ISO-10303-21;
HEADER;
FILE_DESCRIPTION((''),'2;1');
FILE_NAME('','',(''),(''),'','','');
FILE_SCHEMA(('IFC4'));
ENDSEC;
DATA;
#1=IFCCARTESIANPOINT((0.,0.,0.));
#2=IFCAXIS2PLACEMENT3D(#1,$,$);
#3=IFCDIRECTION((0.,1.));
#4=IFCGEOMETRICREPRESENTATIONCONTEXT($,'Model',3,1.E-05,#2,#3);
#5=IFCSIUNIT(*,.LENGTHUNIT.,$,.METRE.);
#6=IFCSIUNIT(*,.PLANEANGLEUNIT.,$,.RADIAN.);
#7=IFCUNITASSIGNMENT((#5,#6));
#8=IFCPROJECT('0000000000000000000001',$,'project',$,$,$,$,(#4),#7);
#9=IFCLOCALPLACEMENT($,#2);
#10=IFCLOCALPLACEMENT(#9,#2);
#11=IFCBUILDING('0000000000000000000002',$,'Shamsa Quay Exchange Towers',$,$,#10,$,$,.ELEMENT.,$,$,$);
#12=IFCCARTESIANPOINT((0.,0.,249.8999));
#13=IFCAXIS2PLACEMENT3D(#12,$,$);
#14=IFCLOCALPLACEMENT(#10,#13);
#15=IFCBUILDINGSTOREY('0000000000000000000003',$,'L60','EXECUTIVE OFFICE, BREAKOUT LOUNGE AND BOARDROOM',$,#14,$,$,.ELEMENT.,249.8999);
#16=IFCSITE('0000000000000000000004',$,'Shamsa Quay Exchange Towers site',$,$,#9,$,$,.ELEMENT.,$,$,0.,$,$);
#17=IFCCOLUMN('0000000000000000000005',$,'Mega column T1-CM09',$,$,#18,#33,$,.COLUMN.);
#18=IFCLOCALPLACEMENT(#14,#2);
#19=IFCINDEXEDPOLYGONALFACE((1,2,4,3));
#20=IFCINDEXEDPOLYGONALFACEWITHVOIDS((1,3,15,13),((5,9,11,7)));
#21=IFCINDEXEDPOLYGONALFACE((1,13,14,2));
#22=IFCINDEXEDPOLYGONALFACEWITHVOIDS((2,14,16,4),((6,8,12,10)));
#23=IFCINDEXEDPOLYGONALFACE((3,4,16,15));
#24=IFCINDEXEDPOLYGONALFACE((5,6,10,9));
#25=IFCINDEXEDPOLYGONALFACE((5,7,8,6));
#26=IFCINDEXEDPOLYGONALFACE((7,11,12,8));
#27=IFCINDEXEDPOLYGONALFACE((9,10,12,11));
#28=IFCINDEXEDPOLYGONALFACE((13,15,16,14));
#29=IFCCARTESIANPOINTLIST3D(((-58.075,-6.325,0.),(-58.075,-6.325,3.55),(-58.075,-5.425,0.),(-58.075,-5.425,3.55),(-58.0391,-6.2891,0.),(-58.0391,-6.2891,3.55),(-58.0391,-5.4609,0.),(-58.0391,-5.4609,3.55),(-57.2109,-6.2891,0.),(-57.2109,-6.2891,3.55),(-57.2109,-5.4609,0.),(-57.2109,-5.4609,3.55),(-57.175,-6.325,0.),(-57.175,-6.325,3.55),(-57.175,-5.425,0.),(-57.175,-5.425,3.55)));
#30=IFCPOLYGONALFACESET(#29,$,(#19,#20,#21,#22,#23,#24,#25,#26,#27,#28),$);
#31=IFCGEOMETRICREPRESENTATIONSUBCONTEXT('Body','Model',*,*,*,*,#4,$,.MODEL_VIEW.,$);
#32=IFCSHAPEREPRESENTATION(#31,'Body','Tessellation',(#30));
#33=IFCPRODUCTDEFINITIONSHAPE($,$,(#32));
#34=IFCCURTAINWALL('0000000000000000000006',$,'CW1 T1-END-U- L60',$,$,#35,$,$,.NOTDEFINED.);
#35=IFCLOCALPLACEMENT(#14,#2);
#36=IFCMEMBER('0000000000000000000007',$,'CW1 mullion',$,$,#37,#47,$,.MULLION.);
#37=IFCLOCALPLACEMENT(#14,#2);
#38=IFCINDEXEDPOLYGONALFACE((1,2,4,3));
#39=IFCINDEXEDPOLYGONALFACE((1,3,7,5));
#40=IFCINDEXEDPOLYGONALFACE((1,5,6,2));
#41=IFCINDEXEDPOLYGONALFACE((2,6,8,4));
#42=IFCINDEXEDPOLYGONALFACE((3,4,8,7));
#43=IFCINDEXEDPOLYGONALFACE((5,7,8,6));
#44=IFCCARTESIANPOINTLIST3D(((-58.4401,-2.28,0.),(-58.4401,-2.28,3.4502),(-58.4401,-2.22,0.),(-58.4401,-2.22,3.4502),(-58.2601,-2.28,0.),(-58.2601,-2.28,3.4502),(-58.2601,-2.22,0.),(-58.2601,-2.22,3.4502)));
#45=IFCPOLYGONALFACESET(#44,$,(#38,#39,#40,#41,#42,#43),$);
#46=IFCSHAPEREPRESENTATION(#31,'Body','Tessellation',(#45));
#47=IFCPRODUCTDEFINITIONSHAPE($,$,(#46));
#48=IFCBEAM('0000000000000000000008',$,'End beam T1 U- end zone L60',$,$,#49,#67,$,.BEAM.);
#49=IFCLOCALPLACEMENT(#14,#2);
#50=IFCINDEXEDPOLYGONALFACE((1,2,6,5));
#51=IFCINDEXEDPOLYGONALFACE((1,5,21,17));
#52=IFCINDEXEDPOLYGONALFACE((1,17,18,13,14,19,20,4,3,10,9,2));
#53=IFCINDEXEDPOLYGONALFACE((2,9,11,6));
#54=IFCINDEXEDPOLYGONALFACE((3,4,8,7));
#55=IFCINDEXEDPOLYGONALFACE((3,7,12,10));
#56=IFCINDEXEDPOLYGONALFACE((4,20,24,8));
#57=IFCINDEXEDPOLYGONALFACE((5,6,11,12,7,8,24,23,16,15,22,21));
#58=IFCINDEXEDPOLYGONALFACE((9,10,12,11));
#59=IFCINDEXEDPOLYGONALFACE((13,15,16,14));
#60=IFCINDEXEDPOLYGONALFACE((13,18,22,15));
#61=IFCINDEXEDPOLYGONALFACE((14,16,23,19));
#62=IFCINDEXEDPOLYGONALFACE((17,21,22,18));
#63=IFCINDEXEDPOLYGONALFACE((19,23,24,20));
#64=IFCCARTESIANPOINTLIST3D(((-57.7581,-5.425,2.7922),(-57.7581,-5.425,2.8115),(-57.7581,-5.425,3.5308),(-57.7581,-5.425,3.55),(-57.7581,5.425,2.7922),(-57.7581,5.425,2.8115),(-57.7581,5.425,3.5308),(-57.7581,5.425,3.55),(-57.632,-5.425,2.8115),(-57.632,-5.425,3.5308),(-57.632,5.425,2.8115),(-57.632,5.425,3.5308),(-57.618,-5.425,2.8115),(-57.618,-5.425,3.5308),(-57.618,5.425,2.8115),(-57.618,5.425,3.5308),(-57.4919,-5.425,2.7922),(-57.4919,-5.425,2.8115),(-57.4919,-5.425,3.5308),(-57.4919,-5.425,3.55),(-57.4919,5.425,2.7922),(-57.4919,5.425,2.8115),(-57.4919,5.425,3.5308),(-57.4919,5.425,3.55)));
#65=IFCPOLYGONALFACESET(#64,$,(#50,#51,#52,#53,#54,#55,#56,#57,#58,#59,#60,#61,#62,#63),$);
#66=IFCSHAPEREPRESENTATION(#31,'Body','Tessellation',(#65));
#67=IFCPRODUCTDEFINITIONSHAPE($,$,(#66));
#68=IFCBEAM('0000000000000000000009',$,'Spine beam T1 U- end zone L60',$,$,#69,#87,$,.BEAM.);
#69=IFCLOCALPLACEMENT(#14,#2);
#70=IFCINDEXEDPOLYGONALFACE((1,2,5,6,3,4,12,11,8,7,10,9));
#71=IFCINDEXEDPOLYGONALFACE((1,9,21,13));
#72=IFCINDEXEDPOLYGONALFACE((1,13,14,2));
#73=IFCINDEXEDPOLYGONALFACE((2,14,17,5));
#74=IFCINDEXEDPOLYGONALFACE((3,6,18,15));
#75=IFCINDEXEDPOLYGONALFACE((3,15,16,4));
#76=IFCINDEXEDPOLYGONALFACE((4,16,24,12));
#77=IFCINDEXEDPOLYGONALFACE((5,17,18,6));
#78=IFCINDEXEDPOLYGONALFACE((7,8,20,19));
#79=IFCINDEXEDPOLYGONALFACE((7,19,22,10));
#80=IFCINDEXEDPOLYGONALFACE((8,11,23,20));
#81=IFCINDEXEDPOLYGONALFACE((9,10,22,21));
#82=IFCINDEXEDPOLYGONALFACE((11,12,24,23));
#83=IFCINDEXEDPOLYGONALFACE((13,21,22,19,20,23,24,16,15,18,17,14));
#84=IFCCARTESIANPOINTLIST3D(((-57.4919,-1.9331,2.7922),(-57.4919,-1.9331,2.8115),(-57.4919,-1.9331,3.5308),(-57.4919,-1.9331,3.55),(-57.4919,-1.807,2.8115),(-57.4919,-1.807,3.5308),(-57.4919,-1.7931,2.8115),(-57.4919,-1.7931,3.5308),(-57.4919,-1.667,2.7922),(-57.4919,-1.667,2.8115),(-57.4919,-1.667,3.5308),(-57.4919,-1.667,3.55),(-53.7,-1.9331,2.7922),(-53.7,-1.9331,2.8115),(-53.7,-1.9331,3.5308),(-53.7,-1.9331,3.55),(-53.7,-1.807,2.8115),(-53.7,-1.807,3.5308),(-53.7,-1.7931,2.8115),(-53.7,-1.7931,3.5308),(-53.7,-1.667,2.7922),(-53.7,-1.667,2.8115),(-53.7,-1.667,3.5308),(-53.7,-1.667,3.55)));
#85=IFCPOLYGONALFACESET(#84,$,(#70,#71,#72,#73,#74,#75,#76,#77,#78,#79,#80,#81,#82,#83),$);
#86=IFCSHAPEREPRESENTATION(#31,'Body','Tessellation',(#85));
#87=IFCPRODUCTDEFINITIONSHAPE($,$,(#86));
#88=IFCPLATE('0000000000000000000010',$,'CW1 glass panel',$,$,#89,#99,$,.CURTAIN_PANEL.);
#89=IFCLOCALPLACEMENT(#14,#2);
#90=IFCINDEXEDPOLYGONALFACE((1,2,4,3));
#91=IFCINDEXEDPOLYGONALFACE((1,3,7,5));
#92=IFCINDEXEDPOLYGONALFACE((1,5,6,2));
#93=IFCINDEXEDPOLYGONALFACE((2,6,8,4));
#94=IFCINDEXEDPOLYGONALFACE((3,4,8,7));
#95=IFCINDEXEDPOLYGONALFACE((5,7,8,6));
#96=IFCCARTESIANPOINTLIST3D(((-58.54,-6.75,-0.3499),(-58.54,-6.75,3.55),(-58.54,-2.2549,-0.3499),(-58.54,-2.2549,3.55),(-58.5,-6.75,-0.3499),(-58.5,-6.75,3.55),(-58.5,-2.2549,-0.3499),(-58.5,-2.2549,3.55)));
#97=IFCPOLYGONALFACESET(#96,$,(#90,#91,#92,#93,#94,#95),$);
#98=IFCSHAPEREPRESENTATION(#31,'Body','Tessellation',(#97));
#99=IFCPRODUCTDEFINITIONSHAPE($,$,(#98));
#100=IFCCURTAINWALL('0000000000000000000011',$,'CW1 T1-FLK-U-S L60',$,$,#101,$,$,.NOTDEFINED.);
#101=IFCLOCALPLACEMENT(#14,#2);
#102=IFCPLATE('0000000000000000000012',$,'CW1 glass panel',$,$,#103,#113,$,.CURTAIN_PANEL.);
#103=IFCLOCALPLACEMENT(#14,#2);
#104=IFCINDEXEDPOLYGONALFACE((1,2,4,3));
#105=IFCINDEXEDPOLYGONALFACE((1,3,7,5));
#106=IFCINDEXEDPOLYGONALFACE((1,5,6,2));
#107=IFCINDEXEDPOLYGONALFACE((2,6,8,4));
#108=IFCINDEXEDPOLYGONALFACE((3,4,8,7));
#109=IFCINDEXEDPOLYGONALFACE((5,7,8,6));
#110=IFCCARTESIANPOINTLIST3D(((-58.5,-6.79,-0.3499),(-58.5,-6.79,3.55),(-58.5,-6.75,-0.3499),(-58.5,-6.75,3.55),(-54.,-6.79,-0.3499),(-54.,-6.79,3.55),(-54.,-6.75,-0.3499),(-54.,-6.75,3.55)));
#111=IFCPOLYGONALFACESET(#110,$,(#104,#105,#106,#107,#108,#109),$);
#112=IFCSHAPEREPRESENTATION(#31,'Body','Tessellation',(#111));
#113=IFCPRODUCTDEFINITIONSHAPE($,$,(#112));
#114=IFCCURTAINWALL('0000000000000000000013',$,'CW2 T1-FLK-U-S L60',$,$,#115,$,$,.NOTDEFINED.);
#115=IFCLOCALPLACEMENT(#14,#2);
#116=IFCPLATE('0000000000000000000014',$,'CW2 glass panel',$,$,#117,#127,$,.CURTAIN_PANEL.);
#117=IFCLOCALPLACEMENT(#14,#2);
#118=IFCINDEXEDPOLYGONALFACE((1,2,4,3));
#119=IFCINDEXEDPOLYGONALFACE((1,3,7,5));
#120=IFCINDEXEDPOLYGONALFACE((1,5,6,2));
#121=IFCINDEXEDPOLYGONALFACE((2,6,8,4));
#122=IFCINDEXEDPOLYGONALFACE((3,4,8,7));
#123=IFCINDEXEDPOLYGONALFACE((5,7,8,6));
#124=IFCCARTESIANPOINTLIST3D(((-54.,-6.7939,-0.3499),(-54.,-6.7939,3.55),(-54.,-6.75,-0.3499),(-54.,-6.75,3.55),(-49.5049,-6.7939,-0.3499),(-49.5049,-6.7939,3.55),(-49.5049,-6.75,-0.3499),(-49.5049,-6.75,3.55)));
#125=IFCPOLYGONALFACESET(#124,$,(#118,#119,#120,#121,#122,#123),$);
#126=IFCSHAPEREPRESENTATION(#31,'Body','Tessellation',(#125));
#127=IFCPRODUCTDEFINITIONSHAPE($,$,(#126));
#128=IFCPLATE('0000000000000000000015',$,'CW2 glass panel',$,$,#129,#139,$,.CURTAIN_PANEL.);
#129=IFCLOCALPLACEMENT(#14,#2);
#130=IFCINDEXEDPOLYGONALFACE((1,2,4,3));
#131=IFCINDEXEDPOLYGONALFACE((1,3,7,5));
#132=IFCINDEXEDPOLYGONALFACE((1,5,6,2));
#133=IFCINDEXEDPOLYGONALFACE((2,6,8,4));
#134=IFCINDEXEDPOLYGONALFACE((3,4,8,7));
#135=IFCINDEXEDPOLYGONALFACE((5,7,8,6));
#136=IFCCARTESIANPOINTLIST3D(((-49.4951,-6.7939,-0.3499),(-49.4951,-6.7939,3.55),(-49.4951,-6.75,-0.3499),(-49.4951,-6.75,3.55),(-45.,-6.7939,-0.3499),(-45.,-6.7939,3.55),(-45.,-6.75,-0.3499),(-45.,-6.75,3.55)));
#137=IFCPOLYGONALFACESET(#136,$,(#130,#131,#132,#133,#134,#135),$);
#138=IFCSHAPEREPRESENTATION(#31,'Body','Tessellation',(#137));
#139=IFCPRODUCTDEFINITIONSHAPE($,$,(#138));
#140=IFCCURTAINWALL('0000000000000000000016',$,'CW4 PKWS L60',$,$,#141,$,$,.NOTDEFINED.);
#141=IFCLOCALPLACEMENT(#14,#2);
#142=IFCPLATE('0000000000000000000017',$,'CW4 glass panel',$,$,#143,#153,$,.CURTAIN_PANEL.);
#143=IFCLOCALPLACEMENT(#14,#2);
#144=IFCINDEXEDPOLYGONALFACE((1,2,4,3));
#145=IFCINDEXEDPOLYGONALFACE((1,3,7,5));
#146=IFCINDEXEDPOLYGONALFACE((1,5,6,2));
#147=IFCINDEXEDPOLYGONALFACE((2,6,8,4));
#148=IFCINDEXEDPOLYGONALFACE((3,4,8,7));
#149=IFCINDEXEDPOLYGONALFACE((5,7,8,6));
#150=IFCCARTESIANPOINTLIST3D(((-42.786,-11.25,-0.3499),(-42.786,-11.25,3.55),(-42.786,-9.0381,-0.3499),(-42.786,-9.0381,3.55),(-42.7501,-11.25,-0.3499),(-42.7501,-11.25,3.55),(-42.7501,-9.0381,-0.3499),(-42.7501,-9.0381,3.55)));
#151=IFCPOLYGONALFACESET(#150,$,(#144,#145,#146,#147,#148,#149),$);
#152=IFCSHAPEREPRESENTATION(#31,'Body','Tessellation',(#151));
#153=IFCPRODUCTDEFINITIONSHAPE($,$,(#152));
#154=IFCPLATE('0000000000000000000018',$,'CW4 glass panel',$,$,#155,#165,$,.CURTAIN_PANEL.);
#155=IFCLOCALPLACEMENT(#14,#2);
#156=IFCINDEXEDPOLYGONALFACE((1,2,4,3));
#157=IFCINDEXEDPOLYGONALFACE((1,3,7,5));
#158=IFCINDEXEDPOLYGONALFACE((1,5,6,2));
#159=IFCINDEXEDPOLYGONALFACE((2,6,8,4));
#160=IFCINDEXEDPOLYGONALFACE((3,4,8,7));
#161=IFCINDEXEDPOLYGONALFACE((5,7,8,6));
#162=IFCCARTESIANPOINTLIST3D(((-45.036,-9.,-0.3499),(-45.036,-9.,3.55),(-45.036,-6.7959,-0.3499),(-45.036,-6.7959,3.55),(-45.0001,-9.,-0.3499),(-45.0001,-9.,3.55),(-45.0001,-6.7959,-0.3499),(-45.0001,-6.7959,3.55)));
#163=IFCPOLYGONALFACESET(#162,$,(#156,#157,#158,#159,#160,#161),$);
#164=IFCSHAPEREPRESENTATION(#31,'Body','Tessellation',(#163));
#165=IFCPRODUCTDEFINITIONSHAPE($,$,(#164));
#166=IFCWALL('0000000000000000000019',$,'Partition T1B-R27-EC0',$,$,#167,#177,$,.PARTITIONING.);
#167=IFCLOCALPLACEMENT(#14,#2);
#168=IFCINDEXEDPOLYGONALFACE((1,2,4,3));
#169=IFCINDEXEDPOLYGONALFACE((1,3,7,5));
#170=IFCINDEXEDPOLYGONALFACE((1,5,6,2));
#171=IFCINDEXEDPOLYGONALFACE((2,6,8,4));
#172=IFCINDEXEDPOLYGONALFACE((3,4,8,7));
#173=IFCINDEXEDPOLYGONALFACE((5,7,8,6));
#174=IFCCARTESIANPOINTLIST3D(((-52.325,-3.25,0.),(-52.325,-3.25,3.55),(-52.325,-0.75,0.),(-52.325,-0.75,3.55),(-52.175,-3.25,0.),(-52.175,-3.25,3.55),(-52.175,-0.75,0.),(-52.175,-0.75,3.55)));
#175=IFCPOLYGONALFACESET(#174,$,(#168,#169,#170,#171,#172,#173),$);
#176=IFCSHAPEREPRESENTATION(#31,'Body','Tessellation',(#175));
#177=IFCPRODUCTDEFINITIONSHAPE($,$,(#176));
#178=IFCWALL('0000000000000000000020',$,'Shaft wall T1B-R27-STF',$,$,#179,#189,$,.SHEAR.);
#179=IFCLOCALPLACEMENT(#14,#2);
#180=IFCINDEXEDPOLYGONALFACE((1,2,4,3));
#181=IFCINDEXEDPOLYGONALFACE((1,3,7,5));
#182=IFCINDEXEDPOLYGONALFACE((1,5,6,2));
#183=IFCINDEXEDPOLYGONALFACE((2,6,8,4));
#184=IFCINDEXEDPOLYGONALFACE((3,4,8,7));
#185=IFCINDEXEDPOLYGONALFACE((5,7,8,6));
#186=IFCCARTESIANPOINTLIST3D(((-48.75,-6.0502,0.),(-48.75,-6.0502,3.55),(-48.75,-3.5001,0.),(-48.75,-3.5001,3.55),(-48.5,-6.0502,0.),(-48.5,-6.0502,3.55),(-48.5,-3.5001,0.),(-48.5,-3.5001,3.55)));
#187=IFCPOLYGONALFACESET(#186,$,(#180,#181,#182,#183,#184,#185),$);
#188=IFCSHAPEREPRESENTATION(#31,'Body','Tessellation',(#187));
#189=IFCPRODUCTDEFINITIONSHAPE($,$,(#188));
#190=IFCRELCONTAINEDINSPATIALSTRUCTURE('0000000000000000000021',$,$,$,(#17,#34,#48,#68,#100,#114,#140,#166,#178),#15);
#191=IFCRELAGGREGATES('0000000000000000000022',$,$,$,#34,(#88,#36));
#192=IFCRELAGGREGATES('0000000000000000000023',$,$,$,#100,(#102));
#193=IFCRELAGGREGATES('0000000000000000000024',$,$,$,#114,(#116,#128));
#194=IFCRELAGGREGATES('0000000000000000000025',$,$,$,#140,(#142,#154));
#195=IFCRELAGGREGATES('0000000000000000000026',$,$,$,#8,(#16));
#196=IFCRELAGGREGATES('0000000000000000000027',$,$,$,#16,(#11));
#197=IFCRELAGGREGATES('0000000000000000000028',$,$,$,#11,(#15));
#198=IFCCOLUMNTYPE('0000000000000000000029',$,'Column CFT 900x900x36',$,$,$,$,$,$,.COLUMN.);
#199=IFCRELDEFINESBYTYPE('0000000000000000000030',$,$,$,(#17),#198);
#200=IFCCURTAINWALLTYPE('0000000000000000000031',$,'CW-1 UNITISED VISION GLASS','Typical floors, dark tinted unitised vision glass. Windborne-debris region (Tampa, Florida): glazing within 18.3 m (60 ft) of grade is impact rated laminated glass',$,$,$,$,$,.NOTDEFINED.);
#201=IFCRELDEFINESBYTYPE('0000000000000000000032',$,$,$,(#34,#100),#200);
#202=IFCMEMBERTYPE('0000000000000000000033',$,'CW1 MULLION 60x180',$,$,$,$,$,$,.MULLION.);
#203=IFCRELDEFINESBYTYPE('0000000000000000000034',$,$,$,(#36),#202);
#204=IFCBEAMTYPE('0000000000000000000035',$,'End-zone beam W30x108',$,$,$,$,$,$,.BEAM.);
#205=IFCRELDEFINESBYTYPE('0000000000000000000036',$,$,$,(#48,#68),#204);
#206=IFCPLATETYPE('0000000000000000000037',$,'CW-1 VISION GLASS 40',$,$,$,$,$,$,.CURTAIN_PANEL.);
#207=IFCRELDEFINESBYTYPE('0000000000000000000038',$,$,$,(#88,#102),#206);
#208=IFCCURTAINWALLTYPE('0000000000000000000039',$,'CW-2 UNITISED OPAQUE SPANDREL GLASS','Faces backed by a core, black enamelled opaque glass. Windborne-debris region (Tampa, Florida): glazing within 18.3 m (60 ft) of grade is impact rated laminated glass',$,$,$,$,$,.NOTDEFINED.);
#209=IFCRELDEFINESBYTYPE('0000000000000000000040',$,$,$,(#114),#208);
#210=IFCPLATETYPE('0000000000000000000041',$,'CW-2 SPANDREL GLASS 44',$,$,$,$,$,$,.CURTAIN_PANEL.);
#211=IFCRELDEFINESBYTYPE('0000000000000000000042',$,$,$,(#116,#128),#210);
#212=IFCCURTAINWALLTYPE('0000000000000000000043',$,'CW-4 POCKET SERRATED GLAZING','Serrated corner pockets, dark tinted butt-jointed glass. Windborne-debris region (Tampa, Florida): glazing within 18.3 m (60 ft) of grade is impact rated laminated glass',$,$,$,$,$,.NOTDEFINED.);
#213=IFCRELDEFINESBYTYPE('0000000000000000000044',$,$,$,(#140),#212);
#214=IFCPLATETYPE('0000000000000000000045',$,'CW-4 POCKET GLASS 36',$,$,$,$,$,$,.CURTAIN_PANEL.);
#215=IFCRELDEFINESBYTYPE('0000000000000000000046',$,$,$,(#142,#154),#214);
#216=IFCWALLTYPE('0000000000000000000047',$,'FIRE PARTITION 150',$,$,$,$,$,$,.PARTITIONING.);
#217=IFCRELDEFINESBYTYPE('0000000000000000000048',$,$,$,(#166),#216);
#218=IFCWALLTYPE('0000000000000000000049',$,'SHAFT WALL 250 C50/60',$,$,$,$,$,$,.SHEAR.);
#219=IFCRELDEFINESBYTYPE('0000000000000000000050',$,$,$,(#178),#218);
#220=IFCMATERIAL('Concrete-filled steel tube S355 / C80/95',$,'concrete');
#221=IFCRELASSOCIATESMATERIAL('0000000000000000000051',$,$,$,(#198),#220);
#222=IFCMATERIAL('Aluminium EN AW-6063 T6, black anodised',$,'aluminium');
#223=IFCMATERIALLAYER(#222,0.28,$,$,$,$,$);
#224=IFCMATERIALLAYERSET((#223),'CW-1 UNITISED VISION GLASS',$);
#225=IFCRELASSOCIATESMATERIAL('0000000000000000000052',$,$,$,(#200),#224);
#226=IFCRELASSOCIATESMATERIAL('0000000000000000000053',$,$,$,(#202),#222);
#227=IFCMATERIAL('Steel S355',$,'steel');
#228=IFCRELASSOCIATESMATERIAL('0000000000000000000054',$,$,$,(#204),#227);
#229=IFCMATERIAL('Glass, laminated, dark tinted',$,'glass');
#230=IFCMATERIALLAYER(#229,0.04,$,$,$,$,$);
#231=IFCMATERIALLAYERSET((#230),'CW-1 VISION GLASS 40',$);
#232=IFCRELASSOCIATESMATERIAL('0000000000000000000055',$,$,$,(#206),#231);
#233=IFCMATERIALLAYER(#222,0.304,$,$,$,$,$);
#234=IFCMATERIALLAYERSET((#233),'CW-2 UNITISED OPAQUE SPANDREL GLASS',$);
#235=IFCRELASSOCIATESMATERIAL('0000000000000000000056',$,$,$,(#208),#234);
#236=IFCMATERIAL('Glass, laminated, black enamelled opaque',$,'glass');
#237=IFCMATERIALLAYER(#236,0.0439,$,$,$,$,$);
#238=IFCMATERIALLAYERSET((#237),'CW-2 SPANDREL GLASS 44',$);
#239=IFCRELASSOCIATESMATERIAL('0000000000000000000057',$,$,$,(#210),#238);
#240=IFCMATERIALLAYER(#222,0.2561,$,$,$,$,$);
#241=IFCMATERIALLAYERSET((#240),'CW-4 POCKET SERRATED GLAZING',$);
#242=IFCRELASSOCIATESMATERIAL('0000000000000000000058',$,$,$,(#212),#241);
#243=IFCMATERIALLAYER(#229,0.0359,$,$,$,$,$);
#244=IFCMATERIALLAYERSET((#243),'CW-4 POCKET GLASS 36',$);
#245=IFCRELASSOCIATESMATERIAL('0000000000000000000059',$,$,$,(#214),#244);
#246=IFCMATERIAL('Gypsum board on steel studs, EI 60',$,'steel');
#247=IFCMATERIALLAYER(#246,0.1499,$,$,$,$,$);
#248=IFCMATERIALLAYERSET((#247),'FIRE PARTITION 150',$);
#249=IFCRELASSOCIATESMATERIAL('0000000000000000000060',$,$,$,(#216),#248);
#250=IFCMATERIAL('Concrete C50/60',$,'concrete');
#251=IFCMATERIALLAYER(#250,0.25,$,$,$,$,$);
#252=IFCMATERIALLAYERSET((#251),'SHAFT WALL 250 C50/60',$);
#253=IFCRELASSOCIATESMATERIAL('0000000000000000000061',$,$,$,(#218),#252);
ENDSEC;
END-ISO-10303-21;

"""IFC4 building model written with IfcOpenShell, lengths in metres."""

from ifc_helpers import new_model, si_unit, direction, frame, frame_2d, origin, origin_2d, place, context, subcontext, project, spatial, rectangle, hollow_rectangle, i_section, extrude, material, layer, layer_set, material_profile, profile_set, type_object, element, aggregate, save


model = new_model("IFC4")

# Units and contexts
model_context = context("Model", 3, precision=1e-05, world=origin(), true_north=direction((0.0, 1.0)))
body_context = subcontext(model_context, "Body", "Model", "MODEL_VIEW")
ifc_project = project(units=[si_unit("LENGTHUNIT", "METRE"), si_unit("PLANEANGLEUNIT", "RADIAN")], contexts=[model_context])

# Site, building, storey
site_placement = place(None, origin())
site = spatial("IfcSite", under=ifc_project, at=site_placement, Name="Shamsa Quay Exchange Towers site", CompositionType="ELEMENT", RefElevation=0.0)
building_placement = place(site_placement, origin())
building = spatial("IfcBuilding", under=site, at=building_placement, Name="Shamsa Quay Exchange Towers", CompositionType="ELEMENT")
storey_placement = place(building_placement, frame((0.0, 0.0, 249.8999)))
storey = spatial("IfcBuildingStorey", under=building, at=storey_placement, Name="L60", Description="EXECUTIVE OFFICE, BREAKOUT LOUNGE AND BOARDROOM", CompositionType="ELEMENT", Elevation=249.8999)

# Column
ifc_material_1 = material(Name="Concrete-filled steel tube S355 / C80/95", Category="concrete")
ifc_material_profile_1 = material_profile(ifc_material_1, hollow_rectangle(XDim=0.8999, YDim=0.8999, WallThickness=0.0359, at=origin_2d()), Name="CFT 900x900x36")
ifc_profile_set_1 = profile_set([ifc_material_profile_1], Name="Concrete-filled steel tube S355 / C80/95")
column_type = type_object("IfcColumnType", Name="Column CFT 900x900x36", PredefinedType="COLUMN", material=ifc_profile_set_1)
column_placement = place(storey_placement, frame((-57.625, -5.875, 0.0)))
element("IfcColumn", 1, at=column_placement, inside=storey, type_object=column_type, Name="Mega column T1-CM09", PredefinedType="COLUMN", context=body_context, shape_type="SweptSolid", body=[
    extrude(hollow_rectangle(XDim=0.8999, YDim=0.8999, WallThickness=0.0359, at=origin_2d()), origin(), (0.0, 0.0, 1.0), 3.55),
])

# Curtain wall, member
ifc_material_2 = material(Name="Aluminium EN AW-6063 T6, black anodised", Category="aluminium")
ifc_layer_1 = layer(ifc_material_2, 0.28)
ifc_layer_set_1 = layer_set([ifc_layer_1], Name="CW-1 UNITISED VISION GLASS")
curtain_wall_type_1 = type_object("IfcCurtainWallType", Name="CW-1 UNITISED VISION GLASS", Description="Typical floors, dark tinted unitised vision glass. Windborne-debris region (Tampa, Florida): glazing within 18.3 m (60 ft) of grade is impact rated laminated glass", PredefinedType="NOTDEFINED", material=ifc_layer_set_1)
curtain_wall_1_placement = place(storey_placement, origin())
curtain_wall_1 = element("IfcCurtainWall", 2, at=curtain_wall_1_placement, inside=storey, type_object=curtain_wall_type_1, Name="CW1 T1-END-U- L60", PredefinedType="NOTDEFINED")
ifc_material_profile_2 = material_profile(ifc_material_2, rectangle(XDim=0.1799, YDim=0.0601, at=origin_2d()), Name="MU60x180")
ifc_profile_set_2 = profile_set([ifc_material_profile_2], Name="Aluminium EN AW-6063 T6, black anodised")
member_type = type_object("IfcMemberType", Name="CW1 MULLION 60x180", PredefinedType="MULLION", material=ifc_profile_set_2)
member_placement = place(storey_placement, frame((-58.3501, -2.25, 0.0)))
member = element("IfcMember", 3, at=member_placement, type_object=member_type, Name="CW1 mullion", PredefinedType="MULLION", context=body_context, shape_type="SweptSolid", body=[
    extrude(rectangle(XDim=0.1799, YDim=0.0601, at=origin_2d()), origin(), (0.0, 0.0, 1.0), 3.4502),
])

# Beams
ifc_material_3 = material(Name="Steel S355", Category="steel")
ifc_material_profile_3 = material_profile(ifc_material_3, i_section(OverallWidth=0.2661, OverallDepth=0.7578, WebThickness=0.0139, FlangeThickness=0.0193, at=origin_2d()), Name="W30x108")
ifc_profile_set_3 = profile_set([ifc_material_profile_3], Name="Steel S355")
beam_type = type_object("IfcBeamType", Name="End-zone beam W30x108", PredefinedType="BEAM", material=ifc_profile_set_3)
beam_1_placement = place(storey_placement, frame((-57.625, -5.425, 3.1711), z_axis=(0.0, 1.0, 0.0), x_axis=(-1.0, 0.0, 0.0)))
element("IfcBeam", 4, at=beam_1_placement, inside=storey, type_object=beam_type, Name="End beam T1 U- end zone L60", PredefinedType="BEAM", context=body_context, shape_type="SweptSolid", body=[
    extrude(i_section(OverallWidth=0.2661, OverallDepth=0.7578, WebThickness=0.0139, FlangeThickness=0.0193, at=origin_2d()), origin(), (0.0, 0.0, 1.0), 10.8501),
])
beam_2_placement = place(storey_placement, frame((-53.7, -1.8, 3.1711), z_axis=(-1.0, 0.0, 0.0), x_axis=(0.0, -1.0, 0.0)))
element("IfcBeam", 5, at=beam_2_placement, inside=storey, type_object=beam_type, Name="Spine beam T1 U- end zone L60", PredefinedType="BEAM", context=body_context, shape_type="SweptSolid", body=[
    extrude(i_section(OverallWidth=0.2661, OverallDepth=0.7578, WebThickness=0.0139, FlangeThickness=0.0193, at=origin_2d()), origin(), (0.0, 0.0, 1.0), 3.792),
])

# Plate
ifc_material_4 = material(Name="Glass, laminated, dark tinted", Category="glass")
ifc_layer_2 = layer(ifc_material_4, 0.04)
ifc_layer_set_2 = layer_set([ifc_layer_2], Name="CW-1 VISION GLASS 40")
plate_type_1 = type_object("IfcPlateType", Name="CW-1 VISION GLASS 40", PredefinedType="CURTAIN_PANEL", material=ifc_layer_set_2)
plate_1_placement = place(storey_placement, frame((-58.52, -4.5024, -0.3499), z_axis=(0.0, 0.0, 1.0), x_axis=(0.0, -1.0, 0.0)))
plate_1 = element("IfcPlate", 6, at=plate_1_placement, type_object=plate_type_1, Name="CW1 glass panel", PredefinedType="CURTAIN_PANEL", context=body_context, shape_type="SweptSolid", body=[
    extrude(rectangle(XDim=4.4951, YDim=0.04, at=origin_2d()), origin(), (0.0, 0.0, 1.0), 3.8999),
])
aggregate(curtain_wall_1, [plate_1, member])

# Curtain wall, plate
curtain_wall_2_placement = place(storey_placement, origin())
curtain_wall_2 = element("IfcCurtainWall", 7, at=curtain_wall_2_placement, inside=storey, type_object=curtain_wall_type_1, Name="CW1 T1-FLK-U-S L60", PredefinedType="NOTDEFINED")
plate_2_placement = place(storey_placement, frame((-56.25, -6.77, -0.3499)))
plate_2 = element("IfcPlate", 8, at=plate_2_placement, type_object=plate_type_1, Name="CW1 glass panel", PredefinedType="CURTAIN_PANEL", context=body_context, shape_type="SweptSolid", body=[
    extrude(rectangle(XDim=4.5, YDim=0.04, at=origin_2d()), origin(), (0.0, 0.0, 1.0), 3.8999),
])
aggregate(curtain_wall_2, [plate_2])

# Curtain walls, plates
ifc_layer_3 = layer(ifc_material_2, 0.304)
ifc_layer_set_3 = layer_set([ifc_layer_3], Name="CW-2 UNITISED OPAQUE SPANDREL GLASS")
curtain_wall_type_2 = type_object("IfcCurtainWallType", Name="CW-2 UNITISED OPAQUE SPANDREL GLASS", Description="Faces backed by a core, black enamelled opaque glass. Windborne-debris region (Tampa, Florida): glazing within 18.3 m (60 ft) of grade is impact rated laminated glass", PredefinedType="NOTDEFINED", material=ifc_layer_set_3)
curtain_wall_3_placement = place(storey_placement, origin())
curtain_wall_3 = element("IfcCurtainWall", 9, at=curtain_wall_3_placement, inside=storey, type_object=curtain_wall_type_2, Name="CW2 T1-FLK-U-S L60", PredefinedType="NOTDEFINED")
ifc_material_5 = material(Name="Glass, laminated, black enamelled opaque", Category="glass")
ifc_layer_4 = layer(ifc_material_5, 0.0439)
ifc_layer_set_4 = layer_set([ifc_layer_4], Name="CW-2 SPANDREL GLASS 44")
plate_type_2 = type_object("IfcPlateType", Name="CW-2 SPANDREL GLASS 44", PredefinedType="CURTAIN_PANEL", material=ifc_layer_set_4)
plate_3_placement = place(storey_placement, frame((-51.7524, -6.772, -0.3499)))
plate_3 = element("IfcPlate", 10, at=plate_3_placement, type_object=plate_type_2, Name="CW2 glass panel", PredefinedType="CURTAIN_PANEL", context=body_context, shape_type="SweptSolid", body=[
    extrude(rectangle(XDim=4.4951, YDim=0.0439, at=origin_2d()), origin(), (0.0, 0.0, 1.0), 3.8999),
])
plate_4_placement = place(storey_placement, frame((-47.2476, -6.772, -0.3499)))
plate_4 = element("IfcPlate", 11, at=plate_4_placement, type_object=plate_type_2, Name="CW2 glass panel", PredefinedType="CURTAIN_PANEL", context=body_context, shape_type="SweptSolid", body=[
    extrude(rectangle(XDim=4.4951, YDim=0.0439, at=origin_2d()), origin(), (0.0, 0.0, 1.0), 3.8999),
])
aggregate(curtain_wall_3, [plate_3, plate_4])
ifc_layer_5 = layer(ifc_material_2, 0.2561)
ifc_layer_set_5 = layer_set([ifc_layer_5], Name="CW-4 POCKET SERRATED GLAZING")
curtain_wall_type_3 = type_object("IfcCurtainWallType", Name="CW-4 POCKET SERRATED GLAZING", Description="Serrated corner pockets, dark tinted butt-jointed glass. Windborne-debris region (Tampa, Florida): glazing within 18.3 m (60 ft) of grade is impact rated laminated glass", PredefinedType="NOTDEFINED", material=ifc_layer_set_5)
curtain_wall_4_placement = place(storey_placement, origin())
curtain_wall_4 = element("IfcCurtainWall", 12, at=curtain_wall_4_placement, inside=storey, type_object=curtain_wall_type_3, Name="CW4 PKWS L60", PredefinedType="NOTDEFINED")
ifc_layer_6 = layer(ifc_material_4, 0.0359)
ifc_layer_set_6 = layer_set([ifc_layer_6], Name="CW-4 POCKET GLASS 36")
plate_type_3 = type_object("IfcPlateType", Name="CW-4 POCKET GLASS 36", PredefinedType="CURTAIN_PANEL", material=ifc_layer_set_6)
plate_5_placement = place(storey_placement, frame((-42.7681, -10.144, -0.3499), z_axis=(0.0, 0.0, 1.0), x_axis=(0.0, -1.0, 0.0)))
plate_5 = element("IfcPlate", 13, at=plate_5_placement, type_object=plate_type_3, Name="CW4 glass panel", PredefinedType="CURTAIN_PANEL", context=body_context, shape_type="SweptSolid", body=[
    extrude(rectangle(XDim=2.2119, YDim=0.0359, at=origin_2d()), origin(), (0.0, 0.0, 1.0), 3.8999),
])
plate_6_placement = place(storey_placement, frame((-45.0181, -7.8979, -0.3499), z_axis=(0.0, 0.0, 1.0), x_axis=(0.0, -1.0, 0.0)))
plate_6 = element("IfcPlate", 14, at=plate_6_placement, type_object=plate_type_3, Name="CW4 glass panel", PredefinedType="CURTAIN_PANEL", context=body_context, shape_type="SweptSolid", body=[
    extrude(rectangle(XDim=2.2041, YDim=0.0359, at=origin_2d()), origin(), (0.0, 0.0, 1.0), 3.8999),
])
aggregate(curtain_wall_4, [plate_5, plate_6])

# Walls
ifc_material_6 = material(Name="Gypsum board on steel studs, EI 60", Category="steel")
ifc_layer_7 = layer(ifc_material_6, 0.1499)
ifc_layer_set_7 = layer_set([ifc_layer_7], Name="FIRE PARTITION 150")
wall_type_1 = type_object("IfcWallType", Name="FIRE PARTITION 150", PredefinedType="PARTITIONING", material=ifc_layer_set_7)
wall_1_placement = place(storey_placement, frame((-52.25, -3.25, 0.0), z_axis=(0.0, 0.0, 1.0), x_axis=(0.0, 1.0, 0.0)))
element("IfcWall", 15, at=wall_1_placement, inside=storey, type_object=wall_type_1, Name="Partition T1B-R27-EC0", PredefinedType="PARTITIONING", context=body_context, shape_type="SweptSolid", body=[
    extrude(rectangle(XDim=2.5, YDim=0.1499, at=frame_2d((1.25, 0.0))), origin(), (0.0, 0.0, 1.0), 3.55),
])
ifc_material_7 = material(Name="Concrete C50/60", Category="concrete")
ifc_layer_8 = layer(ifc_material_7, 0.25)
ifc_layer_set_8 = layer_set([ifc_layer_8], Name="SHAFT WALL 250 C50/60")
wall_type_2 = type_object("IfcWallType", Name="SHAFT WALL 250 C50/60", PredefinedType="SHEAR", material=ifc_layer_set_8)
wall_2_placement = place(storey_placement, frame((-48.625, -6.05, 0.0), z_axis=(0.0, 0.0, 1.0), x_axis=(0.0, 1.0, 0.0)))
element("IfcWall", 16, at=wall_2_placement, inside=storey, type_object=wall_type_2, Name="Shaft wall T1B-R27-STF", PredefinedType="SHEAR", context=body_context, shape_type="SweptSolid", body=[
    extrude(rectangle(XDim=2.55, YDim=0.25, at=frame_2d((1.2749, 0.0))), origin(), (0.0, 0.0, 1.0), 3.55),
])

save(model, "model.ifc")
